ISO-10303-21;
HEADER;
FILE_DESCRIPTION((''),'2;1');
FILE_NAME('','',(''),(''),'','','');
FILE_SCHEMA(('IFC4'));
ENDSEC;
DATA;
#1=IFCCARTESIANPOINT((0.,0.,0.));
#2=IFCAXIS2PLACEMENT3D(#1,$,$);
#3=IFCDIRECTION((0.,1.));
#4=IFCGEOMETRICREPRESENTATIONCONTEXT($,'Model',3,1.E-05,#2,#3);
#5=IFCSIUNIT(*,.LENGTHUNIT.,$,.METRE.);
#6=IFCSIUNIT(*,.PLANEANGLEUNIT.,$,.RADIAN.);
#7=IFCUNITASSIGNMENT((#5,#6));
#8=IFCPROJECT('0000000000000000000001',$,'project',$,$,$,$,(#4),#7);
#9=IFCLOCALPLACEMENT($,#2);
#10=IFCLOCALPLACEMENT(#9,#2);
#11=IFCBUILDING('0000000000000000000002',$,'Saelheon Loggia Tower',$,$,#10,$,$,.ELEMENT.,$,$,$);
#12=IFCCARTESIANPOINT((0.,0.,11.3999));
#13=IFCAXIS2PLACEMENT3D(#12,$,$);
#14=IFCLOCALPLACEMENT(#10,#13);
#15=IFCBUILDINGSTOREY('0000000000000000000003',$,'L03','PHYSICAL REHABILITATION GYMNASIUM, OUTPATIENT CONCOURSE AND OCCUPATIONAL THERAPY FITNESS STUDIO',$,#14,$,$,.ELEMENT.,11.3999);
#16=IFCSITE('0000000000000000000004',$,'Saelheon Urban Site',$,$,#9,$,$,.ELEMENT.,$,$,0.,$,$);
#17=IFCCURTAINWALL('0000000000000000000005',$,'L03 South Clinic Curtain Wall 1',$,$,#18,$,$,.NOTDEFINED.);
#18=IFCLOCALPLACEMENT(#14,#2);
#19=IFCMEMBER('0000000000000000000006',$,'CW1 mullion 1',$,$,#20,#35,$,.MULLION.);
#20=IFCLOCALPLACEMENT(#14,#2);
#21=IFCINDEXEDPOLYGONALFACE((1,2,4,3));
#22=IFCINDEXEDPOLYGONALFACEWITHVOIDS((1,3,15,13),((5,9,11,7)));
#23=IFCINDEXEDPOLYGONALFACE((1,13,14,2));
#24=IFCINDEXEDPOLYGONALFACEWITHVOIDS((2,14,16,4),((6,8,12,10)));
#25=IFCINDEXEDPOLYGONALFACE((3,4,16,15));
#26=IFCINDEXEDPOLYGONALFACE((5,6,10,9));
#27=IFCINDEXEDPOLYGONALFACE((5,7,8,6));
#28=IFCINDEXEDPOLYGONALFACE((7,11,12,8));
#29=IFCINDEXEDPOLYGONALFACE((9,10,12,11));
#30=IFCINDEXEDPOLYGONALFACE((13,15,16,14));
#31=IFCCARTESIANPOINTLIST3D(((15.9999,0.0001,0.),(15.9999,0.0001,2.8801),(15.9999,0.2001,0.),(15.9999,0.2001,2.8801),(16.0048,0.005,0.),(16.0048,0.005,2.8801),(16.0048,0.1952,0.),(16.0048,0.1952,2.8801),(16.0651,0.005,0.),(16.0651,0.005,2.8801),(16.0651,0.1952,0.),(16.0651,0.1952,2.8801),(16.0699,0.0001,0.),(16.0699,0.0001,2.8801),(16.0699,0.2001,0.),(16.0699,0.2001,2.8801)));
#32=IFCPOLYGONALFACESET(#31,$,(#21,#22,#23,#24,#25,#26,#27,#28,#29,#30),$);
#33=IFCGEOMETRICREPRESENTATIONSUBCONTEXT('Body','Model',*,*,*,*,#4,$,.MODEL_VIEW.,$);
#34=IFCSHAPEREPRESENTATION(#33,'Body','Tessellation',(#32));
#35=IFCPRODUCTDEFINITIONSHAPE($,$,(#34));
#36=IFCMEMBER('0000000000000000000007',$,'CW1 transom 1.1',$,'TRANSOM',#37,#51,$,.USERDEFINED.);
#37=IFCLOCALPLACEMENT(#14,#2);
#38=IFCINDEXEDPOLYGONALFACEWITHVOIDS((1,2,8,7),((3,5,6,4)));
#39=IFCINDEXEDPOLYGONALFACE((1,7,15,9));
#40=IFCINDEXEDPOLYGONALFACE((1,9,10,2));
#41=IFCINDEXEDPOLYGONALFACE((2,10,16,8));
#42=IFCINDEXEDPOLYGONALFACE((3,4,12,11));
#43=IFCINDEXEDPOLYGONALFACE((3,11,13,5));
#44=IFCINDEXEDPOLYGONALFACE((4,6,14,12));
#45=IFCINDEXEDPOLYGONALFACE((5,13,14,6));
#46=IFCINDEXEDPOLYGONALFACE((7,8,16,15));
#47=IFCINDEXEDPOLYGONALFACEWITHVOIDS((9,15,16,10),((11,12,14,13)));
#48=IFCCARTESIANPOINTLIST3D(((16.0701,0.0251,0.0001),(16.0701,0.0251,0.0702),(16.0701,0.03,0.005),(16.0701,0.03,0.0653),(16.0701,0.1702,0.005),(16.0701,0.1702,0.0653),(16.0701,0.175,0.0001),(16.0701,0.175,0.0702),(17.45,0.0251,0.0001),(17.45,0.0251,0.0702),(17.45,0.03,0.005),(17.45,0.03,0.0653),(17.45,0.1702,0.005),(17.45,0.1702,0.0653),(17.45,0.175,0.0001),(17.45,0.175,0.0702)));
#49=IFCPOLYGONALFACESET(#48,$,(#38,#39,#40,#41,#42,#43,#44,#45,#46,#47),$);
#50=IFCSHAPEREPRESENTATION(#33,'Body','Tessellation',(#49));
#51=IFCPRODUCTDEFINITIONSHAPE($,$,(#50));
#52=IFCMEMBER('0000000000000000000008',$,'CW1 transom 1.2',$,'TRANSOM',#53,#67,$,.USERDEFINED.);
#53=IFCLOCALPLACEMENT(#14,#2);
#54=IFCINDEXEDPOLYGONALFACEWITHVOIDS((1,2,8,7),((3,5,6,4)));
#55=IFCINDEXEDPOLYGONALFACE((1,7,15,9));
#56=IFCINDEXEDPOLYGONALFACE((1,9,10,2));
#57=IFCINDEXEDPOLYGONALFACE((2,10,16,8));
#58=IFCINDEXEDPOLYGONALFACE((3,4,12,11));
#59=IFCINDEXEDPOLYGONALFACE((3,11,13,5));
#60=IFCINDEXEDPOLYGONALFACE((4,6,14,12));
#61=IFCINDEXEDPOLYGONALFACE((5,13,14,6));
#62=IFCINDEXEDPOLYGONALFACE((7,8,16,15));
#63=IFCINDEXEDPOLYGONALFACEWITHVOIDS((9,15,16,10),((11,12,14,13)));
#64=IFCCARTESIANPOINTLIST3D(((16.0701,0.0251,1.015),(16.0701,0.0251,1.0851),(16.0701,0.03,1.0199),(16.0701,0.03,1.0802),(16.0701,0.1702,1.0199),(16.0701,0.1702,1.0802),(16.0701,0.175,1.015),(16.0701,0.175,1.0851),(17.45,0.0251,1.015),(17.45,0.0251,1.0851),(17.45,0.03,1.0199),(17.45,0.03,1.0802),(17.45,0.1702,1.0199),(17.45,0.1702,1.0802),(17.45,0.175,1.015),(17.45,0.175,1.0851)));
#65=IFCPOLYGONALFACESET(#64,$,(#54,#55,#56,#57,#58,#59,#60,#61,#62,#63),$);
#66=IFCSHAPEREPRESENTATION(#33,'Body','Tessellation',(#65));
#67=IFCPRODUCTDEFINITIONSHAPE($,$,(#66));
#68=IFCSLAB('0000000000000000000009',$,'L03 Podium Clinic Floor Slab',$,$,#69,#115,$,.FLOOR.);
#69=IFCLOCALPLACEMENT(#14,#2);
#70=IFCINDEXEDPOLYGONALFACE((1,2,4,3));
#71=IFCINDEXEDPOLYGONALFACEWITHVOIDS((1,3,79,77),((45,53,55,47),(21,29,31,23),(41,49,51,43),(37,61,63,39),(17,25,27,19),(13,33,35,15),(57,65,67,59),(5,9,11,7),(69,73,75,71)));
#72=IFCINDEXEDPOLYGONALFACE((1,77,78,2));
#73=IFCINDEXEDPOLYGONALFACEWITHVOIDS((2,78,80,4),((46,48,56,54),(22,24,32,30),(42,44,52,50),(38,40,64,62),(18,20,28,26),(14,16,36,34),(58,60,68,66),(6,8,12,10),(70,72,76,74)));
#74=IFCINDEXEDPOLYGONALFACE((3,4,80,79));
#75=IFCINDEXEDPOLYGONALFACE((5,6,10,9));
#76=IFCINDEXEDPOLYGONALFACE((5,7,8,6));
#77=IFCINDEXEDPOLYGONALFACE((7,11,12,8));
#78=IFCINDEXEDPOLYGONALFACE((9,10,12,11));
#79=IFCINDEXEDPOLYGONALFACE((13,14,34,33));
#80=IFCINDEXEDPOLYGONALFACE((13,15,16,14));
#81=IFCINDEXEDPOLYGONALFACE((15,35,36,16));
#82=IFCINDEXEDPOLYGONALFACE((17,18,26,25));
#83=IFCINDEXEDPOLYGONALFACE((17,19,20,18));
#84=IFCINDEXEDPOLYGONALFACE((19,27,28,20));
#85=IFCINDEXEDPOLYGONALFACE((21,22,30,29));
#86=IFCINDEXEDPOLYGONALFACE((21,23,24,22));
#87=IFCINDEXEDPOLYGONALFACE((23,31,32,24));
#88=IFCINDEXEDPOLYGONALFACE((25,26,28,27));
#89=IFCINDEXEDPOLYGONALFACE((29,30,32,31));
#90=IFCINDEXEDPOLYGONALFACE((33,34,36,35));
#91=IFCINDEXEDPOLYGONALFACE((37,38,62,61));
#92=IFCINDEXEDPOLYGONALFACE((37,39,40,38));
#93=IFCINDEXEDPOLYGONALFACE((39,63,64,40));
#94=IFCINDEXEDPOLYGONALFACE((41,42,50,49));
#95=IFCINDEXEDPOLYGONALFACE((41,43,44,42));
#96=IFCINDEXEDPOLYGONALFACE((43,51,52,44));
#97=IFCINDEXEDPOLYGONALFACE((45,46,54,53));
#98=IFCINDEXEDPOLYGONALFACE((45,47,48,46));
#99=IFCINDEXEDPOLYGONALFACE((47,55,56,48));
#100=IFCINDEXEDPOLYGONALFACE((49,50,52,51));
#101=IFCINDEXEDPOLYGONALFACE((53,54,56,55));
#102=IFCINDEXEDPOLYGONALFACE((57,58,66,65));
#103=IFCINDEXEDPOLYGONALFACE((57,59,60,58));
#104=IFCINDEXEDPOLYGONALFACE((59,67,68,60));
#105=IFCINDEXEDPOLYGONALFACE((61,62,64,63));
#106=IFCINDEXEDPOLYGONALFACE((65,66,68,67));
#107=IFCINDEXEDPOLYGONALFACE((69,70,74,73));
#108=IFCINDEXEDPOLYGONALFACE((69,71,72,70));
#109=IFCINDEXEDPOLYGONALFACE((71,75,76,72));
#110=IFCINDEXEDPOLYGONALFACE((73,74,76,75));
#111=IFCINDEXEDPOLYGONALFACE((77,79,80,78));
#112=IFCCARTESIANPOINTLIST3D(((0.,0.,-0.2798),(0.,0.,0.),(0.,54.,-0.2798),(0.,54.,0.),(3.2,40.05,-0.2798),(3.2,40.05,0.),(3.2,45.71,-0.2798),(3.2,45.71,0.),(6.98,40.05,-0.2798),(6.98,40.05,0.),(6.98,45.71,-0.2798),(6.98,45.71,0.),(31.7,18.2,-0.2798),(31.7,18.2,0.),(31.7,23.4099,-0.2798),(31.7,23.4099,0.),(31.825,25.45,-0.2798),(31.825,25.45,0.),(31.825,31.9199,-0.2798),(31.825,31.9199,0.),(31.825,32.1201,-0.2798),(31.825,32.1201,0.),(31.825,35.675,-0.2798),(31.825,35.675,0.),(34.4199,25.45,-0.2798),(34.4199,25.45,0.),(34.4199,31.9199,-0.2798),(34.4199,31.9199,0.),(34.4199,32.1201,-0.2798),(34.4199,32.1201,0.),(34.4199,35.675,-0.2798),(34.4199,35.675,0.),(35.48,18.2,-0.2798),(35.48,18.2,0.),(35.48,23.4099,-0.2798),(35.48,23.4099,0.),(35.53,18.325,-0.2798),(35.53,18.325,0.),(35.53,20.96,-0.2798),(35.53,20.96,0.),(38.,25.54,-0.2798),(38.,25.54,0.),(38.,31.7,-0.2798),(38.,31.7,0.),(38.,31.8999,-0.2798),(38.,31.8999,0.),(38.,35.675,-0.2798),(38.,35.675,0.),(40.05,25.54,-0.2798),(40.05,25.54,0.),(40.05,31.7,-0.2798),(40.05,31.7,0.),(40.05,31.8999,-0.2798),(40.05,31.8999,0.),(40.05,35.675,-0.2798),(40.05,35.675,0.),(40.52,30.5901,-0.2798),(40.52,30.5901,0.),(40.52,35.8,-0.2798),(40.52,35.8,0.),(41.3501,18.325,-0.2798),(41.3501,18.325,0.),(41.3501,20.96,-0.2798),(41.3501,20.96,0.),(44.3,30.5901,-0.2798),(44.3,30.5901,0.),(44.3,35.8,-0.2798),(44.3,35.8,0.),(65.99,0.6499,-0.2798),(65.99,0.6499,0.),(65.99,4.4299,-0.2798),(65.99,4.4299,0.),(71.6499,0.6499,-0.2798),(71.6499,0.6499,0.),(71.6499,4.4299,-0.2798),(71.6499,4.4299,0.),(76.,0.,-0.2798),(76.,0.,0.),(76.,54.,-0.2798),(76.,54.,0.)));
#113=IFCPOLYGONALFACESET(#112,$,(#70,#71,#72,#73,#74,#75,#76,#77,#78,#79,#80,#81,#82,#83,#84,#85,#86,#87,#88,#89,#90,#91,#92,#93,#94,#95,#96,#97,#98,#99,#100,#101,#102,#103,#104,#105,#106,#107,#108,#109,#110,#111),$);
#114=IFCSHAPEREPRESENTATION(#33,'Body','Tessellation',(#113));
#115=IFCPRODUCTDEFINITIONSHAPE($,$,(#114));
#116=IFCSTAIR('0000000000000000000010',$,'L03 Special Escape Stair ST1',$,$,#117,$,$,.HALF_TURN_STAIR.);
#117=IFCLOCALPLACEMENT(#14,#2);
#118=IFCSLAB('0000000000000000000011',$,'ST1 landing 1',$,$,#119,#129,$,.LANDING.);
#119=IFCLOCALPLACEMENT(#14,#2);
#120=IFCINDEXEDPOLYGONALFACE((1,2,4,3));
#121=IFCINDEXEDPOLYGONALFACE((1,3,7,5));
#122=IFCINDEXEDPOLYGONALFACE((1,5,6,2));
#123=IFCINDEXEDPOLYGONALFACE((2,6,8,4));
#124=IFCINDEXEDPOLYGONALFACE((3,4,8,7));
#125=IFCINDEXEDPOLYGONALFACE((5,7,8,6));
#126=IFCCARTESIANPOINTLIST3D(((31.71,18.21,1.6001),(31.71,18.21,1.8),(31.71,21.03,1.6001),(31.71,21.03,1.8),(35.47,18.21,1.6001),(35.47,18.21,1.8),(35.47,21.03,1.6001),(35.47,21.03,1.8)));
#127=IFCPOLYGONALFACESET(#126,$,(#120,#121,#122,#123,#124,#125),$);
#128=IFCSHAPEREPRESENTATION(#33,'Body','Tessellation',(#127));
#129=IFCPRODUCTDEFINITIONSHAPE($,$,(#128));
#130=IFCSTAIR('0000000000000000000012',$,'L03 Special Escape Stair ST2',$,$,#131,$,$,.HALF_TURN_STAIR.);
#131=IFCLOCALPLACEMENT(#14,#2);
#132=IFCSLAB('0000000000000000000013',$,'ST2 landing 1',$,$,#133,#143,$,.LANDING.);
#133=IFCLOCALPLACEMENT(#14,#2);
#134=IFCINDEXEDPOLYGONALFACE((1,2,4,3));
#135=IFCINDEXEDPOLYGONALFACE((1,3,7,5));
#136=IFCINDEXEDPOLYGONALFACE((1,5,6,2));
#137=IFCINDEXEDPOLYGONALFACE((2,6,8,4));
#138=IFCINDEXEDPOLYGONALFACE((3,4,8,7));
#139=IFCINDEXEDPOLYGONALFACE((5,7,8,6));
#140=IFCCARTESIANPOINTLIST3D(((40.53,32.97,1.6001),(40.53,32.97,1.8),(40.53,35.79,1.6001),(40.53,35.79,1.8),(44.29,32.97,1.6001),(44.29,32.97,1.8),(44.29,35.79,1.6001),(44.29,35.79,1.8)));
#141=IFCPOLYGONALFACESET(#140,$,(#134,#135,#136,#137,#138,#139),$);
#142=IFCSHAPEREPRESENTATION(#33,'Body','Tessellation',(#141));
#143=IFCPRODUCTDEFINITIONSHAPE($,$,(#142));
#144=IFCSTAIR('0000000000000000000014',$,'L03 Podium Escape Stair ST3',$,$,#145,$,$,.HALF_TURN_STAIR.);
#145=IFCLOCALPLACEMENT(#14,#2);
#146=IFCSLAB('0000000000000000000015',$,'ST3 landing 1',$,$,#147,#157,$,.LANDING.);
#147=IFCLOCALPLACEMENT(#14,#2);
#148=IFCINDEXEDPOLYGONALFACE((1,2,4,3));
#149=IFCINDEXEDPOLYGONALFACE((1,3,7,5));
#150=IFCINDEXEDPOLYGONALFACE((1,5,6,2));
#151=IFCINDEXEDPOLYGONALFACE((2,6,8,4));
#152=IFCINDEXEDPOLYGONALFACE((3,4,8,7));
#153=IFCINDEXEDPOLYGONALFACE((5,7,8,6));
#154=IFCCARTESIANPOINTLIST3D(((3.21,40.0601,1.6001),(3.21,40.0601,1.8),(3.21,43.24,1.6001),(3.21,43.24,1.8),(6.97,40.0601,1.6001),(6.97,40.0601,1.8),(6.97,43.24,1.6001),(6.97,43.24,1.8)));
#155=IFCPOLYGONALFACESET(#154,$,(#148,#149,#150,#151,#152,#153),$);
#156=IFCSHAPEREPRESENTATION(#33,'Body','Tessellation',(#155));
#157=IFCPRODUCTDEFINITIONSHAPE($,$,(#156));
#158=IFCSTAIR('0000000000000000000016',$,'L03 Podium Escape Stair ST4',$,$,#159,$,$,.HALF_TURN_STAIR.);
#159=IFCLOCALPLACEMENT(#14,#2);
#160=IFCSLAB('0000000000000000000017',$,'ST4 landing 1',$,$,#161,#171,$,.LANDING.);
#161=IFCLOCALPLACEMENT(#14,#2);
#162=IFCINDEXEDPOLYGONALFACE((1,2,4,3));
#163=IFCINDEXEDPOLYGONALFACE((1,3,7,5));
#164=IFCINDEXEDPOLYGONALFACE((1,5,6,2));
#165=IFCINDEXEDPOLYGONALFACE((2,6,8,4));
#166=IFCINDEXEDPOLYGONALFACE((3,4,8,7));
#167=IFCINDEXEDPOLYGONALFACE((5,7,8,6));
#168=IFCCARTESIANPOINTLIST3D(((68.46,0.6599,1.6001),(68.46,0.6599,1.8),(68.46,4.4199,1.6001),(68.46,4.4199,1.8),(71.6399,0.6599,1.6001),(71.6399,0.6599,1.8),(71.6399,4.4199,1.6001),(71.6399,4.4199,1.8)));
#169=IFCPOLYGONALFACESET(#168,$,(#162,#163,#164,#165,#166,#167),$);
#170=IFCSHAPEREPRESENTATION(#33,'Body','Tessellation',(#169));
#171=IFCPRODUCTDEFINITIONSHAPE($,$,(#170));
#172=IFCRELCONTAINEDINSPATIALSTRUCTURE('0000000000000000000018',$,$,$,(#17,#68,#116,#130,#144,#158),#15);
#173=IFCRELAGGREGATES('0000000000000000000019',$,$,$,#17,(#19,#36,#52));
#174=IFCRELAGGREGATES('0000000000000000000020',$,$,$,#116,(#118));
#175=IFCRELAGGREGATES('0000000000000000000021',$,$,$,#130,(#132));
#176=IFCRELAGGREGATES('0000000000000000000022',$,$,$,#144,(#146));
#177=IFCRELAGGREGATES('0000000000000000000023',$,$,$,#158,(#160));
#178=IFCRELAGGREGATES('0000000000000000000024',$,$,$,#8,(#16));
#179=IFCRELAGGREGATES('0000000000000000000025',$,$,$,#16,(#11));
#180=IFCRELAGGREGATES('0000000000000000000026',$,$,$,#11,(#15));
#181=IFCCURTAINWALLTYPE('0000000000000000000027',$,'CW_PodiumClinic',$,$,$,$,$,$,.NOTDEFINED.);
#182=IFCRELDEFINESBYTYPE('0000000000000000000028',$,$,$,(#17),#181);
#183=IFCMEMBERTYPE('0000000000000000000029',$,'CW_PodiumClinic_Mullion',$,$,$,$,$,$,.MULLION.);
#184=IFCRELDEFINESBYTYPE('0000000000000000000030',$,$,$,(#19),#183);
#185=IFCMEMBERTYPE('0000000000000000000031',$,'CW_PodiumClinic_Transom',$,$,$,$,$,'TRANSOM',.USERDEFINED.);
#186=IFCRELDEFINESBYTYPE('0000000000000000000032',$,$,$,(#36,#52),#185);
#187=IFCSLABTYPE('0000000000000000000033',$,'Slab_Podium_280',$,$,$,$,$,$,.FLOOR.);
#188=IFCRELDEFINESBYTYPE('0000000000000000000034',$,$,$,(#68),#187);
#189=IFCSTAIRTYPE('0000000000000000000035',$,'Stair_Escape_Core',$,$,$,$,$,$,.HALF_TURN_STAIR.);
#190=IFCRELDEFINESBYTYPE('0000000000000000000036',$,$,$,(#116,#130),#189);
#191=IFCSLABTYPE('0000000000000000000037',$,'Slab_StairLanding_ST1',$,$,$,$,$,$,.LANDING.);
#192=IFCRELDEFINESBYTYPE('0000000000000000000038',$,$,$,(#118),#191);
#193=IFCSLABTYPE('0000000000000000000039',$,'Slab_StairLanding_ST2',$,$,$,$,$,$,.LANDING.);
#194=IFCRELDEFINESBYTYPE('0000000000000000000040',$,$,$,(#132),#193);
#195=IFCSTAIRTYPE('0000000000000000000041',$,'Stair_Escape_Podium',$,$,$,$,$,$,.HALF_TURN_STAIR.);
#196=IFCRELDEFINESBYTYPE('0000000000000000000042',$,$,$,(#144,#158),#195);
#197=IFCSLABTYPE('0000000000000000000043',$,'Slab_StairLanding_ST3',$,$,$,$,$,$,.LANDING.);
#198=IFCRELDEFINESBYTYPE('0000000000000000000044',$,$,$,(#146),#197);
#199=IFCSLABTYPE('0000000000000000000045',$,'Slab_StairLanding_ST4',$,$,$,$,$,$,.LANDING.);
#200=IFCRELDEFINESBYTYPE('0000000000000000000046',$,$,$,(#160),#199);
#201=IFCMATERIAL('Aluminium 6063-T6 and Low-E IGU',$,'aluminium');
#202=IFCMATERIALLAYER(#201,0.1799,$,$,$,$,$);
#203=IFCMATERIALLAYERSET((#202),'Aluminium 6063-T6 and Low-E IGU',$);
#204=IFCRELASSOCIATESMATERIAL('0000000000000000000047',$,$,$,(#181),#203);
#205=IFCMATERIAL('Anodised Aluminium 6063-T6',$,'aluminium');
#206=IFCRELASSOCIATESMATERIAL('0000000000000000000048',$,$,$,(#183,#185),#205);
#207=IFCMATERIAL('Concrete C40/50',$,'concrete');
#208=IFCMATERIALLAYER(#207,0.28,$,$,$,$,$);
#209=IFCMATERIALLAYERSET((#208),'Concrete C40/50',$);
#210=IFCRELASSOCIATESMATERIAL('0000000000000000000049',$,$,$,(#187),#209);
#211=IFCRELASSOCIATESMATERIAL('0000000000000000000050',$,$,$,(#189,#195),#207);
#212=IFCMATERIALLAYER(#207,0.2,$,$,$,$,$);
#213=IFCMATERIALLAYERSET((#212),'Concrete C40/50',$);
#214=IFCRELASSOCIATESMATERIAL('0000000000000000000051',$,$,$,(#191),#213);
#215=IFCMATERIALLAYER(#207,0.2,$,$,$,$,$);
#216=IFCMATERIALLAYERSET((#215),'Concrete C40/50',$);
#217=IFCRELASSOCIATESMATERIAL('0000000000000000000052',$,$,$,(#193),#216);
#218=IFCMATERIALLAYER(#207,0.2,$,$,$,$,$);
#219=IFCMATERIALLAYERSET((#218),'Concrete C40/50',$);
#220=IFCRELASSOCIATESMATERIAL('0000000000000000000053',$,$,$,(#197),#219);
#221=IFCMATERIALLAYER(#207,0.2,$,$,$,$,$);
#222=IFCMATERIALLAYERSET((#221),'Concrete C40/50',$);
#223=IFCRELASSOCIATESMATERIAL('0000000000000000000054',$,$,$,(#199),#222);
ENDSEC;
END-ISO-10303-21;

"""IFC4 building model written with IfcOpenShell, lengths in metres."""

from ifc_helpers import new_model, si_unit, direction, frame, origin, origin_2d, place, context, subcontext, project, spatial, polyline, hollow_rectangle, outline, extrude, source, transform, mapped, material, layer, layer_set, material_profile, profile_set, type_object, element, aggregate, save


model = new_model("IFC4")

# Units and contexts
model_context = context("Model", 3, precision=1e-05, world=origin(), true_north=direction((0.0, 1.0)))
body_context = subcontext(model_context, "Body", "Model", "MODEL_VIEW")
ifc_project = project(units=[si_unit("LENGTHUNIT", "METRE"), si_unit("PLANEANGLEUNIT", "RADIAN")], contexts=[model_context])

# Site, building, storey
site_placement = place(None, origin())
site = spatial("IfcSite", under=ifc_project, at=site_placement, Name="Saelheon Urban Site", CompositionType="ELEMENT", RefElevation=0.0)
building_placement = place(site_placement, origin())
building = spatial("IfcBuilding", under=site, at=building_placement, Name="Saelheon Loggia Tower", CompositionType="ELEMENT")
storey_placement = place(building_placement, frame((0.0, 0.0, 11.3999)))
storey = spatial("IfcBuildingStorey", under=building, at=storey_placement, Name="L03", Description="PHYSICAL REHABILITATION GYMNASIUM, OUTPATIENT CONCOURSE AND OCCUPATIONAL THERAPY FITNESS STUDIO", CompositionType="ELEMENT", Elevation=11.3999)

# Curtain wall, members
ifc_material_1 = material(Name="Aluminium 6063-T6 and Low-E IGU", Category="aluminium")
ifc_layer_1 = layer(ifc_material_1, 0.1799)
ifc_layer_set_1 = layer_set([ifc_layer_1], Name="Aluminium 6063-T6 and Low-E IGU")
curtain_wall_type = type_object("IfcCurtainWallType", Name="CW_PodiumClinic", PredefinedType="NOTDEFINED", material=ifc_layer_set_1)
curtain_wall_placement = place(storey_placement, origin())
curtain_wall = element("IfcCurtainWall", 1, at=curtain_wall_placement, inside=storey, type_object=curtain_wall_type, Name="L03 South Clinic Curtain Wall 1", PredefinedType="NOTDEFINED")
ifc_material_2 = material(Name="Anodised Aluminium 6063-T6", Category="aluminium")
ifc_material_profile_1 = material_profile(ifc_material_2, hollow_rectangle(XDim=0.0701, YDim=0.2, WallThickness=0.0049, at=origin_2d()), Name="RHS-200x70x5")
ifc_profile_set_1 = profile_set([ifc_material_profile_1], Name="Anodised Aluminium 6063-T6")
member_type_1 = type_object("IfcMemberType", Name="CW_PodiumClinic_Mullion", PredefinedType="MULLION", material=ifc_profile_set_1)
shared_shape_1 = source(origin(), body_context, "Body", "SweptSolid", [
    extrude(hollow_rectangle(XDim=0.0701, YDim=0.2, WallThickness=0.0049, at=origin_2d()), origin(), (0.0, 0.0, 1.0), 2.8801),
])
member_1_placement = place(storey_placement, frame((16.0349, 0.1001, 0.0), z_axis=(0.0, 0.0, 1.0), x_axis=(1.0, 0.0, 0.0)))
member_1 = element("IfcMember", 2, at=member_1_placement, type_object=member_type_1, Name="CW1 mullion 1", PredefinedType="MULLION", context=body_context, shape_type="MappedRepresentation", body=[
    mapped(shared_shape_1, transform((0.0, 0.0, 0.0), scale=1.0)),
])
ifc_material_profile_2 = material_profile(ifc_material_2, hollow_rectangle(XDim=0.0701, YDim=0.1499, WallThickness=0.0049, at=origin_2d()), Name="RHS-150x70x5")
ifc_profile_set_2 = profile_set([ifc_material_profile_2], Name="Anodised Aluminium 6063-T6")
member_type_2 = type_object("IfcMemberType", Name="CW_PodiumClinic_Transom", ElementType="TRANSOM", PredefinedType="USERDEFINED", material=ifc_profile_set_2)
shared_shape_2 = source(origin(), body_context, "Body", "SweptSolid", [
    extrude(hollow_rectangle(XDim=0.0701, YDim=0.1499, WallThickness=0.0049, at=origin_2d()), origin(), (0.0, 0.0, 1.0), 1.3799),
])
member_2_placement = place(storey_placement, frame((16.0701, 0.1001, 0.0352), z_axis=(1.0, 0.0, 0.0), x_axis=(0.0, 0.0, 1.0)))
member_2 = element("IfcMember", 3, at=member_2_placement, type_object=member_type_2, Name="CW1 transom 1.1", ObjectType="TRANSOM", PredefinedType="USERDEFINED", context=body_context, shape_type="MappedRepresentation", body=[
    mapped(shared_shape_2, transform((0.0, 0.0, 0.0), scale=1.0)),
])
member_3_placement = place(storey_placement, frame((16.0701, 0.1001, 1.05), z_axis=(1.0, 0.0, 0.0), x_axis=(0.0, 0.0, 1.0)))
member_3 = element("IfcMember", 4, at=member_3_placement, type_object=member_type_2, Name="CW1 transom 1.2", ObjectType="TRANSOM", PredefinedType="USERDEFINED", context=body_context, shape_type="MappedRepresentation", body=[
    mapped(shared_shape_2, transform((0.0, 0.0, 0.0), scale=1.0)),
])
aggregate(curtain_wall, [member_1, member_2, member_3])

# Slab
ifc_material_3 = material(Name="Concrete C40/50", Category="concrete")
ifc_layer_2 = layer(ifc_material_3, 0.28)
ifc_layer_set_2 = layer_set([ifc_layer_2], Name="Concrete C40/50")
slab_type_1 = type_object("IfcSlabType", Name="Slab_Podium_280", PredefinedType="FLOOR", material=ifc_layer_set_2)
slab_1_placement = place(storey_placement, frame((0.0, 0.0, -0.2798)))
element("IfcSlab", 5, at=slab_1_placement, inside=storey, type_object=slab_type_1, Name="L03 Podium Clinic Floor Slab", PredefinedType="FLOOR", context=body_context, shape_type="SweptSolid", body=[
    extrude(outline(polyline([(0.0, 0.0), (76.0, 0.0), (76.0, 54.0), (0.0, 54.0), (0.0, 0.0)]), holes=[polyline([(31.7, 23.4099), (31.7, 18.2), (35.48, 18.2), (35.48, 23.4099), (31.7, 23.4099)]), polyline([(44.3, 30.5901), (44.3, 35.8), (40.52, 35.8), (40.52, 30.5901), (44.3, 30.5901)]), polyline([(3.2, 45.71), (3.2, 40.05), (6.98, 40.05), (6.98, 45.71), (3.2, 45.71)]), polyline([(65.99, 0.6499), (71.6499, 0.6499), (71.6499, 4.4299), (65.99, 4.4299), (65.99, 0.6499)]), polyline([(35.53, 18.325), (41.3501, 18.325), (41.3501, 20.96), (35.53, 20.96), (35.53, 18.325)]), polyline([(31.825, 32.1201), (34.4199, 32.1201), (34.4199, 35.675), (31.825, 35.675), (31.825, 32.1201)]), polyline([(38.0, 31.8999), (40.05, 31.8999), (40.05, 35.675), (38.0, 35.675), (38.0, 31.8999)]), polyline([(31.825, 25.45), (34.4199, 25.45), (34.4199, 31.9199), (31.825, 31.9199), (31.825, 25.45)]), polyline([(38.0, 25.54), (40.05, 25.54), (40.05, 31.7), (38.0, 31.7), (38.0, 25.54)])]), origin(), (0.0, 0.0, 1.0), 0.2798),
])

# Stairs, slabs
stair_type_1 = type_object("IfcStairType", Name="Stair_Escape_Core", PredefinedType="HALF_TURN_STAIR", material=ifc_material_3)
stair_1_placement = place(storey_placement, origin())
stair_1 = element("IfcStair", 6, at=stair_1_placement, inside=storey, type_object=stair_type_1, Name="L03 Special Escape Stair ST1", PredefinedType="HALF_TURN_STAIR")
ifc_layer_3 = layer(ifc_material_3, 0.2)
ifc_layer_set_3 = layer_set([ifc_layer_3], Name="Concrete C40/50")
slab_type_2 = type_object("IfcSlabType", Name="Slab_StairLanding_ST1", PredefinedType="LANDING", material=ifc_layer_set_3)
slab_2_placement = place(storey_placement, frame((0.0, 0.0, 1.6001)))
slab_2 = element("IfcSlab", 7, at=slab_2_placement, type_object=slab_type_2, Name="ST1 landing 1", PredefinedType="LANDING", context=body_context, shape_type="SweptSolid", body=[
    extrude(outline(polyline([(31.71, 21.03), (31.71, 18.21), (35.47, 18.21), (35.47, 21.03), (31.71, 21.03)])), origin(), (0.0, 0.0, 1.0), 0.2),
])
aggregate(stair_1, [slab_2])
stair_2_placement = place(storey_placement, origin())
stair_2 = element("IfcStair", 8, at=stair_2_placement, inside=storey, type_object=stair_type_1, Name="L03 Special Escape Stair ST2", PredefinedType="HALF_TURN_STAIR")
ifc_layer_4 = layer(ifc_material_3, 0.2)
ifc_layer_set_4 = layer_set([ifc_layer_4], Name="Concrete C40/50")
slab_type_3 = type_object("IfcSlabType", Name="Slab_StairLanding_ST2", PredefinedType="LANDING", material=ifc_layer_set_4)
slab_3_placement = place(storey_placement, frame((0.0, 0.0, 1.6001)))
slab_3 = element("IfcSlab", 9, at=slab_3_placement, type_object=slab_type_3, Name="ST2 landing 1", PredefinedType="LANDING", context=body_context, shape_type="SweptSolid", body=[
    extrude(outline(polyline([(44.29, 32.97), (44.29, 35.79), (40.53, 35.79), (40.53, 32.97), (44.29, 32.97)])), origin(), (0.0, 0.0, 1.0), 0.2),
])
aggregate(stair_2, [slab_3])
stair_type_2 = type_object("IfcStairType", Name="Stair_Escape_Podium", PredefinedType="HALF_TURN_STAIR", material=ifc_material_3)
stair_3_placement = place(storey_placement, origin())
stair_3 = element("IfcStair", 10, at=stair_3_placement, inside=storey, type_object=stair_type_2, Name="L03 Podium Escape Stair ST3", PredefinedType="HALF_TURN_STAIR")
ifc_layer_5 = layer(ifc_material_3, 0.2)
ifc_layer_set_5 = layer_set([ifc_layer_5], Name="Concrete C40/50")
slab_type_4 = type_object("IfcSlabType", Name="Slab_StairLanding_ST3", PredefinedType="LANDING", material=ifc_layer_set_5)
slab_4_placement = place(storey_placement, frame((0.0, 0.0, 1.6001)))
slab_4 = element("IfcSlab", 11, at=slab_4_placement, type_object=slab_type_4, Name="ST3 landing 1", PredefinedType="LANDING", context=body_context, shape_type="SweptSolid", body=[
    extrude(outline(polyline([(3.21, 43.24), (3.21, 40.0601), (6.97, 40.0601), (6.97, 43.24), (3.21, 43.24)])), origin(), (0.0, 0.0, 1.0), 0.2),
])
aggregate(stair_3, [slab_4])
stair_4_placement = place(storey_placement, origin())
stair_4 = element("IfcStair", 12, at=stair_4_placement, inside=storey, type_object=stair_type_2, Name="L03 Podium Escape Stair ST4", PredefinedType="HALF_TURN_STAIR")
ifc_layer_6 = layer(ifc_material_3, 0.2)
ifc_layer_set_6 = layer_set([ifc_layer_6], Name="Concrete C40/50")
slab_type_5 = type_object("IfcSlabType", Name="Slab_StairLanding_ST4", PredefinedType="LANDING", material=ifc_layer_set_6)
slab_5_placement = place(storey_placement, frame((0.0, 0.0, 1.6001)))
slab_5 = element("IfcSlab", 13, at=slab_5_placement, type_object=slab_type_5, Name="ST4 landing 1", PredefinedType="LANDING", context=body_context, shape_type="SweptSolid", body=[
    extrude(outline(polyline([(68.46, 0.6599), (71.6399, 0.6599), (71.6399, 4.4199), (68.46, 4.4199), (68.46, 0.6599)])), origin(), (0.0, 0.0, 1.0), 0.2),
])
aggregate(stair_4, [slab_5])

save(model, "model.ifc")
